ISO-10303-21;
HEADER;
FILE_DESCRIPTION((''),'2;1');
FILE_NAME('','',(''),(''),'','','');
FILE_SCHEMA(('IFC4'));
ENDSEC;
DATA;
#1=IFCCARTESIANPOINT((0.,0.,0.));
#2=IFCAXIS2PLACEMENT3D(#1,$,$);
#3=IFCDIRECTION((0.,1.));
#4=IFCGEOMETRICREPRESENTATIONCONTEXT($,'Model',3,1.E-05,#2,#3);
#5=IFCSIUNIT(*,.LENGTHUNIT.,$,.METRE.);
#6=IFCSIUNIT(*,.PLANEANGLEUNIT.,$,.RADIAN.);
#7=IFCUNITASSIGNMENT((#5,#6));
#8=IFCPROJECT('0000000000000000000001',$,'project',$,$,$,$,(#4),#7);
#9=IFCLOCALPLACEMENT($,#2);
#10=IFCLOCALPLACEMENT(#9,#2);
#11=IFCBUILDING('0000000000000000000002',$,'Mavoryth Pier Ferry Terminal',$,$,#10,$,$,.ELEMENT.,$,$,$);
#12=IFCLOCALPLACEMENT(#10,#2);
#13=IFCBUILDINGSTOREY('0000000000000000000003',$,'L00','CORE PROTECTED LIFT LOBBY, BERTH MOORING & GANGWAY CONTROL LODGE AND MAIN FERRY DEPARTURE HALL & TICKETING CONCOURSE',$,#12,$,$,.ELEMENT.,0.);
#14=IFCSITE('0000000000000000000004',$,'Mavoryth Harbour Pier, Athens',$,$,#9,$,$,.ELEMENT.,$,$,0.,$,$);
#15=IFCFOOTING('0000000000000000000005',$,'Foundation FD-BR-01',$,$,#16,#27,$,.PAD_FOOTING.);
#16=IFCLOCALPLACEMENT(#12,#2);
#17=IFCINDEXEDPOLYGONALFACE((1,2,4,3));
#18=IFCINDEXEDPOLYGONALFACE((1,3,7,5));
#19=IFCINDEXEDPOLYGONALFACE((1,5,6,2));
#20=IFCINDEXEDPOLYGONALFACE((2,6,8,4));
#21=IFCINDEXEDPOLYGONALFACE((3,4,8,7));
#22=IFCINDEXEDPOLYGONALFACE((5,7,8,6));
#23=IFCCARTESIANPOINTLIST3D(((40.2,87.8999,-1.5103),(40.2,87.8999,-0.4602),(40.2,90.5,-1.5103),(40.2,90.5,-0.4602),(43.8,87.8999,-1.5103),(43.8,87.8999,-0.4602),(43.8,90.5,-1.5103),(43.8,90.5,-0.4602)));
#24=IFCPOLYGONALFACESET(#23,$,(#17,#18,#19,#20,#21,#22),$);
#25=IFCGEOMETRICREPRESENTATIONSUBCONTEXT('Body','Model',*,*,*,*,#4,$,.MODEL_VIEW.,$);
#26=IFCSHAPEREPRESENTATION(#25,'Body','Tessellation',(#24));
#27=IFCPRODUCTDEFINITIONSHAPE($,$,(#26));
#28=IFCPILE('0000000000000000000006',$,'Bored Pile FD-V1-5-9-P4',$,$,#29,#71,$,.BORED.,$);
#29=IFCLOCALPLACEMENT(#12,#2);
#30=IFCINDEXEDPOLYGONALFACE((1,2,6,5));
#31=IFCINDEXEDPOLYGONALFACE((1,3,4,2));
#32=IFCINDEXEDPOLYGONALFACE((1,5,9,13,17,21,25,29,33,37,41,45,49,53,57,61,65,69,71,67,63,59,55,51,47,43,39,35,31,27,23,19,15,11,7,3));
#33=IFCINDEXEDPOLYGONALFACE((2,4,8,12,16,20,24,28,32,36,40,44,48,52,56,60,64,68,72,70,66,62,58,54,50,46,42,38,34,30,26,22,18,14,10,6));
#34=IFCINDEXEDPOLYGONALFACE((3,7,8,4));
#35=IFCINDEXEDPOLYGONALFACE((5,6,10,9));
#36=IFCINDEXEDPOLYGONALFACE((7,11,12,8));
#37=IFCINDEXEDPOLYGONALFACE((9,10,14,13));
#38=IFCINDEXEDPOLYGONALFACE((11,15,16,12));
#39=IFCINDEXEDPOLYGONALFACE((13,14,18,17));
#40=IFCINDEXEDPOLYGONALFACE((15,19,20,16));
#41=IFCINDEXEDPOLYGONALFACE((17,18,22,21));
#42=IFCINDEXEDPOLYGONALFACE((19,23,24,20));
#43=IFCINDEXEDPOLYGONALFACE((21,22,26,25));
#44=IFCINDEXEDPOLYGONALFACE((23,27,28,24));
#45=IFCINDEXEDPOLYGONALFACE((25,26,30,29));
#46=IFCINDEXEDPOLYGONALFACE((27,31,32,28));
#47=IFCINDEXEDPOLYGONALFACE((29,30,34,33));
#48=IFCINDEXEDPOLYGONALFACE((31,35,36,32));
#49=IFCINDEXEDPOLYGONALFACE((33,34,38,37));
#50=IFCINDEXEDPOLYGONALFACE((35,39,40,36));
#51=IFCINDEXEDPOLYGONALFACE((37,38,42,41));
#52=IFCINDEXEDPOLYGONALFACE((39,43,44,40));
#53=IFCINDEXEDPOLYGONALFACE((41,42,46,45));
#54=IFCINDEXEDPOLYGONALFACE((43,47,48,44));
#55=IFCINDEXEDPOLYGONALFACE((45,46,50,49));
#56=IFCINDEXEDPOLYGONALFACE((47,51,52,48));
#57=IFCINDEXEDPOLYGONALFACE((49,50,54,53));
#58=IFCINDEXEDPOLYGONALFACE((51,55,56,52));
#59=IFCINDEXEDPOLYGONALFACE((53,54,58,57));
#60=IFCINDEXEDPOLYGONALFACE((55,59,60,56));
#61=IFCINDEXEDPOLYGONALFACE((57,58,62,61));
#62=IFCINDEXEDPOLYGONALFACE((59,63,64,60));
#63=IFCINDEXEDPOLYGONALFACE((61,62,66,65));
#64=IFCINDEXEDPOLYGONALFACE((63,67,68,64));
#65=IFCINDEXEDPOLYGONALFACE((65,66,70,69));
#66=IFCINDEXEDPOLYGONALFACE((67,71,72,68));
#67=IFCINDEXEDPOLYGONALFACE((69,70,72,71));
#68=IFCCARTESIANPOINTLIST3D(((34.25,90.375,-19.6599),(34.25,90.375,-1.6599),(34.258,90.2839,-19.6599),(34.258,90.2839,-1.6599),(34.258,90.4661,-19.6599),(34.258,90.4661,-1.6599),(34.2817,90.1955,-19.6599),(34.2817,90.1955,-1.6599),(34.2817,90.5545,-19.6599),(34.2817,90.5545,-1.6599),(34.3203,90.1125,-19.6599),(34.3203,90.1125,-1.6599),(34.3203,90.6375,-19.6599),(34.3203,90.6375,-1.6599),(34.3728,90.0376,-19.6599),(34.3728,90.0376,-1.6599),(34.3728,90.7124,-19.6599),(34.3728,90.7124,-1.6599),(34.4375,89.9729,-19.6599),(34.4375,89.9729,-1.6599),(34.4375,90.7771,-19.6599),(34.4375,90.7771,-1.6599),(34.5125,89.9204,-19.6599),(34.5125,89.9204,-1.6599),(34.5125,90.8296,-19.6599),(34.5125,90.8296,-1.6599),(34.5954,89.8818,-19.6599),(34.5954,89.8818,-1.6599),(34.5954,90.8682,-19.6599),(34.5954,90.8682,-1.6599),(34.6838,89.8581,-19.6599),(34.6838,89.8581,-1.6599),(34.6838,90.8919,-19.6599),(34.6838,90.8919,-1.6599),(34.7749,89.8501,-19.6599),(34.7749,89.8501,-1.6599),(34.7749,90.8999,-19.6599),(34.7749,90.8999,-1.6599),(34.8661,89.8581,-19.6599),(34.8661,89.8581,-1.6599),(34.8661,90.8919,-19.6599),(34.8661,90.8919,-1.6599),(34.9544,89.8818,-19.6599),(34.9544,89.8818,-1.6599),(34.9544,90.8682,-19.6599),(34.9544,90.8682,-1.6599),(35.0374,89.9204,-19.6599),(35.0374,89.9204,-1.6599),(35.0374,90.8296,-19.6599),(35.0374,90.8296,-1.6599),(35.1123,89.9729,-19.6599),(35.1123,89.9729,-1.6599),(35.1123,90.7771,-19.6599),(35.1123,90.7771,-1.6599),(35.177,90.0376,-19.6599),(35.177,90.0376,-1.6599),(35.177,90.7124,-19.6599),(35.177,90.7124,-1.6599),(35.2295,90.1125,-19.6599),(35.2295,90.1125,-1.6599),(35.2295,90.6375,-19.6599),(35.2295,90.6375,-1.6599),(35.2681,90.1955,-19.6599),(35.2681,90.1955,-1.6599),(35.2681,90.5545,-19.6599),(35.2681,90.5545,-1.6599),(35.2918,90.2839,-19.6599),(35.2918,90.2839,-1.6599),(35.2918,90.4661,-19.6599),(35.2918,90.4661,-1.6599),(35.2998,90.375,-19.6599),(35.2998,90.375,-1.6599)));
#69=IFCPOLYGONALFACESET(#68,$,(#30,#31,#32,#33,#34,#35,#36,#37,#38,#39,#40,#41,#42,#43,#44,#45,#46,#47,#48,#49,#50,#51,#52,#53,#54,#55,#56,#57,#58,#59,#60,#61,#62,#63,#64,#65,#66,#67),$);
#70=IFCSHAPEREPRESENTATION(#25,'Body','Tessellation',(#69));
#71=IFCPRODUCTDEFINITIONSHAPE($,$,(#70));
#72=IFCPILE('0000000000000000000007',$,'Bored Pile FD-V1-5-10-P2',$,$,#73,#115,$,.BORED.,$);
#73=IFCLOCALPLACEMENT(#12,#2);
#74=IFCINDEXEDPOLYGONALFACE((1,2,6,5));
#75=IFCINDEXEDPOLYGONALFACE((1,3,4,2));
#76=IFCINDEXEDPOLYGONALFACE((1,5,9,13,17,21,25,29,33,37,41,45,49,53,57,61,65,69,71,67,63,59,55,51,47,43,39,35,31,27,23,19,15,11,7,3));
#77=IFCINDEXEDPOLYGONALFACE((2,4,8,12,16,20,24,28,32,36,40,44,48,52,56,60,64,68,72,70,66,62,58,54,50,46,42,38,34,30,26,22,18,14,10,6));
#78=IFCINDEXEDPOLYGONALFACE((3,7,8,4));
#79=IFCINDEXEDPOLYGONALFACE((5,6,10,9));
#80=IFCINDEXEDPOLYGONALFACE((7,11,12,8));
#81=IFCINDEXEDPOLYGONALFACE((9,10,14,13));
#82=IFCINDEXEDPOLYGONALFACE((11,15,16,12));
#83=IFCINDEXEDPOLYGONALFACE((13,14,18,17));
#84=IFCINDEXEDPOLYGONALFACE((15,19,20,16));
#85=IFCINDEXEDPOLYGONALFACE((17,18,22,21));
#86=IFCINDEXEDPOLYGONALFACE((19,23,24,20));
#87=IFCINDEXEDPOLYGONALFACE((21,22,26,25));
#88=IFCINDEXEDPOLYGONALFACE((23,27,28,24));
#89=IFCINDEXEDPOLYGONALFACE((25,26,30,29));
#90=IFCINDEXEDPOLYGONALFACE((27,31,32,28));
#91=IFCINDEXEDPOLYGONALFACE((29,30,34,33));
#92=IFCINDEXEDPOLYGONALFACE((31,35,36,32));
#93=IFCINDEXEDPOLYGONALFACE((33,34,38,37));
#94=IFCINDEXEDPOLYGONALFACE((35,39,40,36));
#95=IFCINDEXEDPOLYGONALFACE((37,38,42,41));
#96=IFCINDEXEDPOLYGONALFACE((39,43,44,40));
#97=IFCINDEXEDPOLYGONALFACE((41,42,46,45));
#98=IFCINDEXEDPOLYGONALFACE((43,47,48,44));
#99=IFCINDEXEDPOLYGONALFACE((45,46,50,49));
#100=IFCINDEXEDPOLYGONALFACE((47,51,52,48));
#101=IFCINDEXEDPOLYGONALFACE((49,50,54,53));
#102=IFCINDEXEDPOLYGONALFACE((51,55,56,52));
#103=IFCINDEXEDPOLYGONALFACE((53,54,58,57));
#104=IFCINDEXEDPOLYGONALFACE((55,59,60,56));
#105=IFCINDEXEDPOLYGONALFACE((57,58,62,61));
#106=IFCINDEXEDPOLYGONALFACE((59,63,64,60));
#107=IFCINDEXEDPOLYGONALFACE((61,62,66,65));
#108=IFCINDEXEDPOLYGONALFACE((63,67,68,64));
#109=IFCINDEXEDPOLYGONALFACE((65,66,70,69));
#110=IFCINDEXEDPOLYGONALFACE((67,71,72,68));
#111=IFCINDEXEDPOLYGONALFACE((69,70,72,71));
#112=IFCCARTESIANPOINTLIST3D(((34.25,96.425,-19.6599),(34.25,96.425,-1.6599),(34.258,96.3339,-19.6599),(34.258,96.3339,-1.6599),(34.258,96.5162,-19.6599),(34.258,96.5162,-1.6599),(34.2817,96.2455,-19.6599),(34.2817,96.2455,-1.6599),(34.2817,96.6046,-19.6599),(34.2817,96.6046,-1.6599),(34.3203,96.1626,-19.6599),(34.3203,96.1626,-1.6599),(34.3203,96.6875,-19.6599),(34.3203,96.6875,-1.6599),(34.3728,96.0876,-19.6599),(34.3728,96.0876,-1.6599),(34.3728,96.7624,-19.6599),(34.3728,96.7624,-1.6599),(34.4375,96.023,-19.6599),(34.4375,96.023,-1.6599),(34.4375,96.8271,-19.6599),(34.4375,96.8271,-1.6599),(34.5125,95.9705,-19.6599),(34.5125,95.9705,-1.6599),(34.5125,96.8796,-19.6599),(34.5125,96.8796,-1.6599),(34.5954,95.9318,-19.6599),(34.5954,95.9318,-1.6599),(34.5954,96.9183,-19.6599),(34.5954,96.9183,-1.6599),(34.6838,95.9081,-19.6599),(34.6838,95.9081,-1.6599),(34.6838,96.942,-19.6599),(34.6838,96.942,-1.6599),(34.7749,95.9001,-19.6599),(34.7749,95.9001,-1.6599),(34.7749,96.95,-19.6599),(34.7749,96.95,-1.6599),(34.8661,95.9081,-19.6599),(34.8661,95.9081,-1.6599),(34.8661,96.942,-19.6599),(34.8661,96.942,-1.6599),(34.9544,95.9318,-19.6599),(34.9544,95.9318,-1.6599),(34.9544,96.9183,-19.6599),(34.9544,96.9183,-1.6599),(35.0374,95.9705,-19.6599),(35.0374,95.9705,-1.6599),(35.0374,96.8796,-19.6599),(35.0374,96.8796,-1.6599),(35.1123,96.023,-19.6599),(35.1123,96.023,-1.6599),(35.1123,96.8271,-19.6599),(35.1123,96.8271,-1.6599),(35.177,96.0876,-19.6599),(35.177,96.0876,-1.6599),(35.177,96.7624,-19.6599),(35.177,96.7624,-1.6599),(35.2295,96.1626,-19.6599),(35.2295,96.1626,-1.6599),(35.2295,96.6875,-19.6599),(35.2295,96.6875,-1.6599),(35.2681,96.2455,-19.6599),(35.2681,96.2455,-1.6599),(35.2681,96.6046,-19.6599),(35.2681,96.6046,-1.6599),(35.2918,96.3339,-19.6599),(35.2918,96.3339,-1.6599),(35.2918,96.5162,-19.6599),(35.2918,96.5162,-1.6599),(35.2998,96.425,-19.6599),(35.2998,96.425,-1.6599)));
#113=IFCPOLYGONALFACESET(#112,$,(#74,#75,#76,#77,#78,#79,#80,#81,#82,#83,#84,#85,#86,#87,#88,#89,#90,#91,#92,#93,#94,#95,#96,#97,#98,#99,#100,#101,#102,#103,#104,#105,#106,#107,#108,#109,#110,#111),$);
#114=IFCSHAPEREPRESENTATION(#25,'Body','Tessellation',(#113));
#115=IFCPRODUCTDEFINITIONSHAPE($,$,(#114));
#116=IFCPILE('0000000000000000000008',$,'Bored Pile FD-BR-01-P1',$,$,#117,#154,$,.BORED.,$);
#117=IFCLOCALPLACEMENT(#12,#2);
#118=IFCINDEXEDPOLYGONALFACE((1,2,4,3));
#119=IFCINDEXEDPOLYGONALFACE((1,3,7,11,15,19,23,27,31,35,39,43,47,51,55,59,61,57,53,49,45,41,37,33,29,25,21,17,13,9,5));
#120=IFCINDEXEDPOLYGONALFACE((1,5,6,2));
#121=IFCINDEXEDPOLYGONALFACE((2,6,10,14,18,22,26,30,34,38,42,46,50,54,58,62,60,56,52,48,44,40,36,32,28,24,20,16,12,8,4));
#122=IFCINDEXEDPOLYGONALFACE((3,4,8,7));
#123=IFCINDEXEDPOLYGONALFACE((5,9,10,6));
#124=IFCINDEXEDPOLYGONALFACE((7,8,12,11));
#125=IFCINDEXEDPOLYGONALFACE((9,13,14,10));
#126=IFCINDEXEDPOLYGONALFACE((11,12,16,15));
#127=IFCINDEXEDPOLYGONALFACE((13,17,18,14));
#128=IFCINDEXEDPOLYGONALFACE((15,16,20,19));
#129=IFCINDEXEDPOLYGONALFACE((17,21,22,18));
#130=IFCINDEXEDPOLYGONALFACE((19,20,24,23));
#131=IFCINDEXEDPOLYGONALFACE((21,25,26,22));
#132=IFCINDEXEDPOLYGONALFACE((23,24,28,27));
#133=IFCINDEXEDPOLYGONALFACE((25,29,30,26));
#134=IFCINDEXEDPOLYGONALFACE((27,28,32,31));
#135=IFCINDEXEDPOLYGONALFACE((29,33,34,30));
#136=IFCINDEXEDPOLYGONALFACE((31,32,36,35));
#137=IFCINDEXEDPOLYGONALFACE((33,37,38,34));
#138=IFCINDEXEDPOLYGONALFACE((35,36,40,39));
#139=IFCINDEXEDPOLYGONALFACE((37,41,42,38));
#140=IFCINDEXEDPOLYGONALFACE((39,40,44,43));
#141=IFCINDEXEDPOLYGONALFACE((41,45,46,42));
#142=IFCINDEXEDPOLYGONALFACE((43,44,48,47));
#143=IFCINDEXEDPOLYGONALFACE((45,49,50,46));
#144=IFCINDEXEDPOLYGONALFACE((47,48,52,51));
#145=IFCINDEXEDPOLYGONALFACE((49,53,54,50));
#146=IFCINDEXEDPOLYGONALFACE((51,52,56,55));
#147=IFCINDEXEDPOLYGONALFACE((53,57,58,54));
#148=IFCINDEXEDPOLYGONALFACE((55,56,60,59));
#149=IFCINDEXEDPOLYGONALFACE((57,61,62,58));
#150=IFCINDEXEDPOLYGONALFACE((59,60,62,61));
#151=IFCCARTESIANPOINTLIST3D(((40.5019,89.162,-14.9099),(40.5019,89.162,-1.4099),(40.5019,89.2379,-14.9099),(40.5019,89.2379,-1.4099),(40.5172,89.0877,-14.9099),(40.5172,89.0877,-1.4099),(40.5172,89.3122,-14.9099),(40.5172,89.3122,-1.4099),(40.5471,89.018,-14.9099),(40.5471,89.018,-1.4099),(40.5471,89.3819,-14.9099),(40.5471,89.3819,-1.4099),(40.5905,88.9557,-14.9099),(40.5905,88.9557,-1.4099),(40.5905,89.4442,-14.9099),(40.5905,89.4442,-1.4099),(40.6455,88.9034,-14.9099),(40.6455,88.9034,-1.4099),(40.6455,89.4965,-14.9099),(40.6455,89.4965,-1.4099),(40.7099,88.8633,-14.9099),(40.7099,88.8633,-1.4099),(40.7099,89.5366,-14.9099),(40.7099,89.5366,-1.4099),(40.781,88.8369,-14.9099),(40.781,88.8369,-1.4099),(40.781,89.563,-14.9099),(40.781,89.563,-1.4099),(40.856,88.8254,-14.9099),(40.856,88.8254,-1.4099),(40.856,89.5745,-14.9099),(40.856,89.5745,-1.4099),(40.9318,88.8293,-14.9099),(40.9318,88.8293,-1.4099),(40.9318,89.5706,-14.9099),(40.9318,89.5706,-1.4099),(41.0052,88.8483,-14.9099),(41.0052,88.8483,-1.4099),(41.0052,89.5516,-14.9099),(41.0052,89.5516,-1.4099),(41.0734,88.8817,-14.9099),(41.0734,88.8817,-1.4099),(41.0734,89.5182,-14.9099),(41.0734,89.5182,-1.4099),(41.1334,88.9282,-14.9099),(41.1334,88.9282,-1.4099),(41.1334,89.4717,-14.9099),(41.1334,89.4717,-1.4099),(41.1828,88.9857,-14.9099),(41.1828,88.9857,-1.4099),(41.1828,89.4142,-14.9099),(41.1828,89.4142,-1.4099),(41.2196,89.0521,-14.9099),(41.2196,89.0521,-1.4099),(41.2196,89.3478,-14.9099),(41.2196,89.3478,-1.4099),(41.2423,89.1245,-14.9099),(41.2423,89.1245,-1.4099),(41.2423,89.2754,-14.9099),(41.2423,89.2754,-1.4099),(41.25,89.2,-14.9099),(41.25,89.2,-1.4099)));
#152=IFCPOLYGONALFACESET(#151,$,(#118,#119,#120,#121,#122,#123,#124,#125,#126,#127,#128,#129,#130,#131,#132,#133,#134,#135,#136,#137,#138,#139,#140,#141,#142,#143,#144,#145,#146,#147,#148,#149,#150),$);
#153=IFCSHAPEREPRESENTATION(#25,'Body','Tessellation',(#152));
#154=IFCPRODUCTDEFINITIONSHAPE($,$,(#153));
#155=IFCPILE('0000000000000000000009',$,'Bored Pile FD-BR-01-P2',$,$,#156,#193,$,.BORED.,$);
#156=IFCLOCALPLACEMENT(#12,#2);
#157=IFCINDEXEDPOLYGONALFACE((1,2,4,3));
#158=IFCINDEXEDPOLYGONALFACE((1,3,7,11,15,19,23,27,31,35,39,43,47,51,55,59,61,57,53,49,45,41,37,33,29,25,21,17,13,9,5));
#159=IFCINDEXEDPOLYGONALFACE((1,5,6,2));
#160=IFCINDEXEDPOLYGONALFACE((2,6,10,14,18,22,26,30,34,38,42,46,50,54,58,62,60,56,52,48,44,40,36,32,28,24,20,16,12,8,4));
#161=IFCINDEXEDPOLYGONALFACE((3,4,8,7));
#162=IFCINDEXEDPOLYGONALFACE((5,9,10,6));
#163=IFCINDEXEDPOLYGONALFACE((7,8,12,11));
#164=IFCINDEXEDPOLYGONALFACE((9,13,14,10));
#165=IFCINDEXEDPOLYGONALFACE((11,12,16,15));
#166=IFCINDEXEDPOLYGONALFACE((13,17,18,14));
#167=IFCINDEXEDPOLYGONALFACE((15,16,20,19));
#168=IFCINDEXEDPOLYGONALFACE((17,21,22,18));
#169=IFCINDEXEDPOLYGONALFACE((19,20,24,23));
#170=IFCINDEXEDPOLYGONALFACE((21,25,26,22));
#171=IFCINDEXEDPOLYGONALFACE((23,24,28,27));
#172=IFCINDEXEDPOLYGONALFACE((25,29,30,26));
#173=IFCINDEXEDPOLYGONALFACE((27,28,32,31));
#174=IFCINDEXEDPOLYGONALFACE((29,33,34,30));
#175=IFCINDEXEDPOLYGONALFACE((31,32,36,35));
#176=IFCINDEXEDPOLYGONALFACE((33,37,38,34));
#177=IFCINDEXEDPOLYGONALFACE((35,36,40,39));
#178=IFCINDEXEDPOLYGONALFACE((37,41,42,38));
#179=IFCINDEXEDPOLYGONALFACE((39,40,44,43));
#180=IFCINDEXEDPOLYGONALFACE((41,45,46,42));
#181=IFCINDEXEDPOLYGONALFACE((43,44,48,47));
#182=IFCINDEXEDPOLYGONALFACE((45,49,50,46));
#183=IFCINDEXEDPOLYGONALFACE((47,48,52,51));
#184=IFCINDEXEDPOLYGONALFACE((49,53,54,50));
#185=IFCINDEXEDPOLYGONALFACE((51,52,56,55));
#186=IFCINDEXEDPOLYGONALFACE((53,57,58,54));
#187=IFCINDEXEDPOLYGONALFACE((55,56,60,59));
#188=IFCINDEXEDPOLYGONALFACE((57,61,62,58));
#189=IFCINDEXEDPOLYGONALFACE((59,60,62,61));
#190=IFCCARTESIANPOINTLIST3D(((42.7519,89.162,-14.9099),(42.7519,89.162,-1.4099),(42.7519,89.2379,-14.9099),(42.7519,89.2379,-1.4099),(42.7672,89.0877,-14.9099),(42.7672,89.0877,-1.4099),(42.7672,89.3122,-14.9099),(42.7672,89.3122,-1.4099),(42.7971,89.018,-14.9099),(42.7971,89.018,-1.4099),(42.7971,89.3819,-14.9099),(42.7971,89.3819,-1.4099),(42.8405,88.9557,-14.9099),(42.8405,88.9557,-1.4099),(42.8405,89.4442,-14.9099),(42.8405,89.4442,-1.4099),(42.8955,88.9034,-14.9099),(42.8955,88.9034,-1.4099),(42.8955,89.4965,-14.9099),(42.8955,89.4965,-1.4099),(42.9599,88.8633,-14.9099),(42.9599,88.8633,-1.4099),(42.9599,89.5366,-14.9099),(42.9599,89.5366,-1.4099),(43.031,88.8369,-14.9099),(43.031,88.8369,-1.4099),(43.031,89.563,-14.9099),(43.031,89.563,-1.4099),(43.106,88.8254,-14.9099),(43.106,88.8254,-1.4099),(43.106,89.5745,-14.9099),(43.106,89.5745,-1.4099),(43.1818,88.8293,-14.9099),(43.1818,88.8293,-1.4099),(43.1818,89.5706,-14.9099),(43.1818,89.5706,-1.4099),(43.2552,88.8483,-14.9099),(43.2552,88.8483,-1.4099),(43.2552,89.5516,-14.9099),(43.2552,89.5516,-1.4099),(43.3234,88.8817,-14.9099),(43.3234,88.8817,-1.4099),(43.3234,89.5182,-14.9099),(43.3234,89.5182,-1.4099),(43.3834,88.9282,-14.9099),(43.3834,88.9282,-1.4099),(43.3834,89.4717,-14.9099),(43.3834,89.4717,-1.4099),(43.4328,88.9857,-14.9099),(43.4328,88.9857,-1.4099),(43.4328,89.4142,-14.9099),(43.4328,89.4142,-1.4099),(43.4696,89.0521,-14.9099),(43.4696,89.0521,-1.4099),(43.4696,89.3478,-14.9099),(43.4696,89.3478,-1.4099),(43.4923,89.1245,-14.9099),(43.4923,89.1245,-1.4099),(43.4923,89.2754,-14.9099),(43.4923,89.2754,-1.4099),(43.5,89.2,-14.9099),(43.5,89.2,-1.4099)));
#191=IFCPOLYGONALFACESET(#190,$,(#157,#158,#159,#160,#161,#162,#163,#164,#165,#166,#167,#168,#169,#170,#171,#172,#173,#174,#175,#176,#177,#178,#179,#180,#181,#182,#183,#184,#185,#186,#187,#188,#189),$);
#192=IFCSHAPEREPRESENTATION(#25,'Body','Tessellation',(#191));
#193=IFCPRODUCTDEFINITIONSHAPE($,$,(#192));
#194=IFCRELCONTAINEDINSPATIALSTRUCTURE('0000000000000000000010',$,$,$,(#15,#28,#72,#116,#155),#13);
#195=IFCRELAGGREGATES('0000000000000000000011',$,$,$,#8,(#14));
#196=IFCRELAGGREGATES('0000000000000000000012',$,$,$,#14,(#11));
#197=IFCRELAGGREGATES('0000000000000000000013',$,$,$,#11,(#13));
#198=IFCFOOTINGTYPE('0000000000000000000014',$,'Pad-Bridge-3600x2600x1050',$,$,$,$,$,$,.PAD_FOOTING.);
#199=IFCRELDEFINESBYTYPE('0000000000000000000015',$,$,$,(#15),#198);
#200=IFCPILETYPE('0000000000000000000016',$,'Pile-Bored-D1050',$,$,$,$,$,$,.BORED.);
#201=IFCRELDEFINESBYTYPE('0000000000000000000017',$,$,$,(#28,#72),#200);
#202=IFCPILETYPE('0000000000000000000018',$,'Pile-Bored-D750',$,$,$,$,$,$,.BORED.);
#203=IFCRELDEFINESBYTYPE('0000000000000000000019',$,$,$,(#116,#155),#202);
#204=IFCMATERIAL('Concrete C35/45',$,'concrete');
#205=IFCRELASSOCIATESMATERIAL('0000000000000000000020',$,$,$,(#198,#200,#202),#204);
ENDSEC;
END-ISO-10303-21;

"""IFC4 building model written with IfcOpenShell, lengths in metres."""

from ifc_helpers import new_model, si_unit, direction, frame, origin, origin_2d, place, context, subcontext, project, spatial, rectangle, circle, extrude, material, material_profile, profile_set, type_object, element, save


model = new_model("IFC4")

# Units and contexts
model_context = context("Model", 3, precision=1e-05, world=origin(), true_north=direction((0.0, 1.0)))
body_context = subcontext(model_context, "Body", "Model", "MODEL_VIEW")
ifc_project = project(units=[si_unit("LENGTHUNIT", "METRE"), si_unit("PLANEANGLEUNIT", "RADIAN")], contexts=[model_context])

# Site, building, storey
site_placement = place(None, origin())
site = spatial("IfcSite", under=ifc_project, at=site_placement, Name="Mavoryth Harbour Pier, Athens", CompositionType="ELEMENT", RefElevation=0.0)
building_placement = place(site_placement, origin())
building = spatial("IfcBuilding", under=site, at=building_placement, Name="Mavoryth Pier Ferry Terminal", CompositionType="ELEMENT")
storey_placement = place(building_placement, origin())
storey = spatial("IfcBuildingStorey", under=building, at=storey_placement, Name="L00", Description="CORE PROTECTED LIFT LOBBY, BERTH MOORING & GANGWAY CONTROL LODGE AND MAIN FERRY DEPARTURE HALL & TICKETING CONCOURSE", CompositionType="ELEMENT", Elevation=0.0)

# Footing
ifc_material_1 = material(Name="Concrete C35/45", Category="concrete")
footing_type = type_object("IfcFootingType", Name="Pad-Bridge-3600x2600x1050", PredefinedType="PAD_FOOTING", material=ifc_material_1)
footing_placement = place(storey_placement, frame((42.0, 89.2, -1.5103), z_axis=(0.0, 0.0, 1.0), x_axis=(1.0, 0.0, 0.0)))
element("IfcFooting", 1, at=footing_placement, inside=storey, type_object=footing_type, Name="Foundation FD-BR-01", PredefinedType="PAD_FOOTING", context=body_context, shape_type="SweptSolid", body=[
    extrude(rectangle(XDim=3.6001, YDim=2.6001, at=origin_2d()), origin(), (0.0, 0.0, 1.0), 1.05),
])

# Piles
ifc_material_profile_1 = material_profile(ifc_material_1, circle(Radius=0.5249, at=origin_2d()), Name="PILE D1050", Category="concrete")
ifc_profile_set_1 = profile_set([ifc_material_profile_1], Name="Concrete C35/45 - PILE D1050")
pile_type_1 = type_object("IfcPileType", Name="Pile-Bored-D1050", PredefinedType="BORED", material=ifc_profile_set_1)
for number, where, z_axis, x_axis, name in (
    (2, (34.7749, 90.375, -1.6599), (0.0, 0.0, -1.0), (1.0, 0.0, 0.0), "Bored Pile FD-V1-5-9-P4"),
    (3, (34.7749, 96.425, -1.6599), (0.0, 0.0, -1.0), (1.0, 0.0, 0.0), "Bored Pile FD-V1-5-10-P2"),
):
    element("IfcPile", number, at=place(storey_placement, frame(where, z_axis=z_axis, x_axis=x_axis)), inside=storey, type_object=pile_type_1, Name=name, PredefinedType="BORED", context=body_context, shape_type="SweptSolid", body=[
        extrude(circle(Radius=0.5249, at=origin_2d()), origin(), (0.0, 0.0, 1.0), 18.0),
    ])
ifc_material_profile_2 = material_profile(ifc_material_1, circle(Radius=0.375, at=origin_2d()), Name="PILE D750", Category="concrete")
ifc_profile_set_2 = profile_set([ifc_material_profile_2], Name="Concrete C35/45 - PILE D750")
pile_type_2 = type_object("IfcPileType", Name="Pile-Bored-D750", PredefinedType="BORED", material=ifc_profile_set_2)
for number, where, z_axis, x_axis, name in (
    (4, (40.875, 89.2, -1.4099), (0.0, 0.0, -1.0), (1.0, 0.0, 0.0), "Bored Pile FD-BR-01-P1"),
    (5, (43.125, 89.2, -1.4099), (0.0, 0.0, -1.0), (1.0, 0.0, 0.0), "Bored Pile FD-BR-01-P2"),
):
    element("IfcPile", number, at=place(storey_placement, frame(where, z_axis=z_axis, x_axis=x_axis)), inside=storey, type_object=pile_type_2, Name=name, PredefinedType="BORED", context=body_context, shape_type="SweptSolid", body=[
        extrude(circle(Radius=0.375, at=origin_2d()), origin(), (0.0, 0.0, 1.0), 13.5),
    ])

save(model, "model.ifc")
